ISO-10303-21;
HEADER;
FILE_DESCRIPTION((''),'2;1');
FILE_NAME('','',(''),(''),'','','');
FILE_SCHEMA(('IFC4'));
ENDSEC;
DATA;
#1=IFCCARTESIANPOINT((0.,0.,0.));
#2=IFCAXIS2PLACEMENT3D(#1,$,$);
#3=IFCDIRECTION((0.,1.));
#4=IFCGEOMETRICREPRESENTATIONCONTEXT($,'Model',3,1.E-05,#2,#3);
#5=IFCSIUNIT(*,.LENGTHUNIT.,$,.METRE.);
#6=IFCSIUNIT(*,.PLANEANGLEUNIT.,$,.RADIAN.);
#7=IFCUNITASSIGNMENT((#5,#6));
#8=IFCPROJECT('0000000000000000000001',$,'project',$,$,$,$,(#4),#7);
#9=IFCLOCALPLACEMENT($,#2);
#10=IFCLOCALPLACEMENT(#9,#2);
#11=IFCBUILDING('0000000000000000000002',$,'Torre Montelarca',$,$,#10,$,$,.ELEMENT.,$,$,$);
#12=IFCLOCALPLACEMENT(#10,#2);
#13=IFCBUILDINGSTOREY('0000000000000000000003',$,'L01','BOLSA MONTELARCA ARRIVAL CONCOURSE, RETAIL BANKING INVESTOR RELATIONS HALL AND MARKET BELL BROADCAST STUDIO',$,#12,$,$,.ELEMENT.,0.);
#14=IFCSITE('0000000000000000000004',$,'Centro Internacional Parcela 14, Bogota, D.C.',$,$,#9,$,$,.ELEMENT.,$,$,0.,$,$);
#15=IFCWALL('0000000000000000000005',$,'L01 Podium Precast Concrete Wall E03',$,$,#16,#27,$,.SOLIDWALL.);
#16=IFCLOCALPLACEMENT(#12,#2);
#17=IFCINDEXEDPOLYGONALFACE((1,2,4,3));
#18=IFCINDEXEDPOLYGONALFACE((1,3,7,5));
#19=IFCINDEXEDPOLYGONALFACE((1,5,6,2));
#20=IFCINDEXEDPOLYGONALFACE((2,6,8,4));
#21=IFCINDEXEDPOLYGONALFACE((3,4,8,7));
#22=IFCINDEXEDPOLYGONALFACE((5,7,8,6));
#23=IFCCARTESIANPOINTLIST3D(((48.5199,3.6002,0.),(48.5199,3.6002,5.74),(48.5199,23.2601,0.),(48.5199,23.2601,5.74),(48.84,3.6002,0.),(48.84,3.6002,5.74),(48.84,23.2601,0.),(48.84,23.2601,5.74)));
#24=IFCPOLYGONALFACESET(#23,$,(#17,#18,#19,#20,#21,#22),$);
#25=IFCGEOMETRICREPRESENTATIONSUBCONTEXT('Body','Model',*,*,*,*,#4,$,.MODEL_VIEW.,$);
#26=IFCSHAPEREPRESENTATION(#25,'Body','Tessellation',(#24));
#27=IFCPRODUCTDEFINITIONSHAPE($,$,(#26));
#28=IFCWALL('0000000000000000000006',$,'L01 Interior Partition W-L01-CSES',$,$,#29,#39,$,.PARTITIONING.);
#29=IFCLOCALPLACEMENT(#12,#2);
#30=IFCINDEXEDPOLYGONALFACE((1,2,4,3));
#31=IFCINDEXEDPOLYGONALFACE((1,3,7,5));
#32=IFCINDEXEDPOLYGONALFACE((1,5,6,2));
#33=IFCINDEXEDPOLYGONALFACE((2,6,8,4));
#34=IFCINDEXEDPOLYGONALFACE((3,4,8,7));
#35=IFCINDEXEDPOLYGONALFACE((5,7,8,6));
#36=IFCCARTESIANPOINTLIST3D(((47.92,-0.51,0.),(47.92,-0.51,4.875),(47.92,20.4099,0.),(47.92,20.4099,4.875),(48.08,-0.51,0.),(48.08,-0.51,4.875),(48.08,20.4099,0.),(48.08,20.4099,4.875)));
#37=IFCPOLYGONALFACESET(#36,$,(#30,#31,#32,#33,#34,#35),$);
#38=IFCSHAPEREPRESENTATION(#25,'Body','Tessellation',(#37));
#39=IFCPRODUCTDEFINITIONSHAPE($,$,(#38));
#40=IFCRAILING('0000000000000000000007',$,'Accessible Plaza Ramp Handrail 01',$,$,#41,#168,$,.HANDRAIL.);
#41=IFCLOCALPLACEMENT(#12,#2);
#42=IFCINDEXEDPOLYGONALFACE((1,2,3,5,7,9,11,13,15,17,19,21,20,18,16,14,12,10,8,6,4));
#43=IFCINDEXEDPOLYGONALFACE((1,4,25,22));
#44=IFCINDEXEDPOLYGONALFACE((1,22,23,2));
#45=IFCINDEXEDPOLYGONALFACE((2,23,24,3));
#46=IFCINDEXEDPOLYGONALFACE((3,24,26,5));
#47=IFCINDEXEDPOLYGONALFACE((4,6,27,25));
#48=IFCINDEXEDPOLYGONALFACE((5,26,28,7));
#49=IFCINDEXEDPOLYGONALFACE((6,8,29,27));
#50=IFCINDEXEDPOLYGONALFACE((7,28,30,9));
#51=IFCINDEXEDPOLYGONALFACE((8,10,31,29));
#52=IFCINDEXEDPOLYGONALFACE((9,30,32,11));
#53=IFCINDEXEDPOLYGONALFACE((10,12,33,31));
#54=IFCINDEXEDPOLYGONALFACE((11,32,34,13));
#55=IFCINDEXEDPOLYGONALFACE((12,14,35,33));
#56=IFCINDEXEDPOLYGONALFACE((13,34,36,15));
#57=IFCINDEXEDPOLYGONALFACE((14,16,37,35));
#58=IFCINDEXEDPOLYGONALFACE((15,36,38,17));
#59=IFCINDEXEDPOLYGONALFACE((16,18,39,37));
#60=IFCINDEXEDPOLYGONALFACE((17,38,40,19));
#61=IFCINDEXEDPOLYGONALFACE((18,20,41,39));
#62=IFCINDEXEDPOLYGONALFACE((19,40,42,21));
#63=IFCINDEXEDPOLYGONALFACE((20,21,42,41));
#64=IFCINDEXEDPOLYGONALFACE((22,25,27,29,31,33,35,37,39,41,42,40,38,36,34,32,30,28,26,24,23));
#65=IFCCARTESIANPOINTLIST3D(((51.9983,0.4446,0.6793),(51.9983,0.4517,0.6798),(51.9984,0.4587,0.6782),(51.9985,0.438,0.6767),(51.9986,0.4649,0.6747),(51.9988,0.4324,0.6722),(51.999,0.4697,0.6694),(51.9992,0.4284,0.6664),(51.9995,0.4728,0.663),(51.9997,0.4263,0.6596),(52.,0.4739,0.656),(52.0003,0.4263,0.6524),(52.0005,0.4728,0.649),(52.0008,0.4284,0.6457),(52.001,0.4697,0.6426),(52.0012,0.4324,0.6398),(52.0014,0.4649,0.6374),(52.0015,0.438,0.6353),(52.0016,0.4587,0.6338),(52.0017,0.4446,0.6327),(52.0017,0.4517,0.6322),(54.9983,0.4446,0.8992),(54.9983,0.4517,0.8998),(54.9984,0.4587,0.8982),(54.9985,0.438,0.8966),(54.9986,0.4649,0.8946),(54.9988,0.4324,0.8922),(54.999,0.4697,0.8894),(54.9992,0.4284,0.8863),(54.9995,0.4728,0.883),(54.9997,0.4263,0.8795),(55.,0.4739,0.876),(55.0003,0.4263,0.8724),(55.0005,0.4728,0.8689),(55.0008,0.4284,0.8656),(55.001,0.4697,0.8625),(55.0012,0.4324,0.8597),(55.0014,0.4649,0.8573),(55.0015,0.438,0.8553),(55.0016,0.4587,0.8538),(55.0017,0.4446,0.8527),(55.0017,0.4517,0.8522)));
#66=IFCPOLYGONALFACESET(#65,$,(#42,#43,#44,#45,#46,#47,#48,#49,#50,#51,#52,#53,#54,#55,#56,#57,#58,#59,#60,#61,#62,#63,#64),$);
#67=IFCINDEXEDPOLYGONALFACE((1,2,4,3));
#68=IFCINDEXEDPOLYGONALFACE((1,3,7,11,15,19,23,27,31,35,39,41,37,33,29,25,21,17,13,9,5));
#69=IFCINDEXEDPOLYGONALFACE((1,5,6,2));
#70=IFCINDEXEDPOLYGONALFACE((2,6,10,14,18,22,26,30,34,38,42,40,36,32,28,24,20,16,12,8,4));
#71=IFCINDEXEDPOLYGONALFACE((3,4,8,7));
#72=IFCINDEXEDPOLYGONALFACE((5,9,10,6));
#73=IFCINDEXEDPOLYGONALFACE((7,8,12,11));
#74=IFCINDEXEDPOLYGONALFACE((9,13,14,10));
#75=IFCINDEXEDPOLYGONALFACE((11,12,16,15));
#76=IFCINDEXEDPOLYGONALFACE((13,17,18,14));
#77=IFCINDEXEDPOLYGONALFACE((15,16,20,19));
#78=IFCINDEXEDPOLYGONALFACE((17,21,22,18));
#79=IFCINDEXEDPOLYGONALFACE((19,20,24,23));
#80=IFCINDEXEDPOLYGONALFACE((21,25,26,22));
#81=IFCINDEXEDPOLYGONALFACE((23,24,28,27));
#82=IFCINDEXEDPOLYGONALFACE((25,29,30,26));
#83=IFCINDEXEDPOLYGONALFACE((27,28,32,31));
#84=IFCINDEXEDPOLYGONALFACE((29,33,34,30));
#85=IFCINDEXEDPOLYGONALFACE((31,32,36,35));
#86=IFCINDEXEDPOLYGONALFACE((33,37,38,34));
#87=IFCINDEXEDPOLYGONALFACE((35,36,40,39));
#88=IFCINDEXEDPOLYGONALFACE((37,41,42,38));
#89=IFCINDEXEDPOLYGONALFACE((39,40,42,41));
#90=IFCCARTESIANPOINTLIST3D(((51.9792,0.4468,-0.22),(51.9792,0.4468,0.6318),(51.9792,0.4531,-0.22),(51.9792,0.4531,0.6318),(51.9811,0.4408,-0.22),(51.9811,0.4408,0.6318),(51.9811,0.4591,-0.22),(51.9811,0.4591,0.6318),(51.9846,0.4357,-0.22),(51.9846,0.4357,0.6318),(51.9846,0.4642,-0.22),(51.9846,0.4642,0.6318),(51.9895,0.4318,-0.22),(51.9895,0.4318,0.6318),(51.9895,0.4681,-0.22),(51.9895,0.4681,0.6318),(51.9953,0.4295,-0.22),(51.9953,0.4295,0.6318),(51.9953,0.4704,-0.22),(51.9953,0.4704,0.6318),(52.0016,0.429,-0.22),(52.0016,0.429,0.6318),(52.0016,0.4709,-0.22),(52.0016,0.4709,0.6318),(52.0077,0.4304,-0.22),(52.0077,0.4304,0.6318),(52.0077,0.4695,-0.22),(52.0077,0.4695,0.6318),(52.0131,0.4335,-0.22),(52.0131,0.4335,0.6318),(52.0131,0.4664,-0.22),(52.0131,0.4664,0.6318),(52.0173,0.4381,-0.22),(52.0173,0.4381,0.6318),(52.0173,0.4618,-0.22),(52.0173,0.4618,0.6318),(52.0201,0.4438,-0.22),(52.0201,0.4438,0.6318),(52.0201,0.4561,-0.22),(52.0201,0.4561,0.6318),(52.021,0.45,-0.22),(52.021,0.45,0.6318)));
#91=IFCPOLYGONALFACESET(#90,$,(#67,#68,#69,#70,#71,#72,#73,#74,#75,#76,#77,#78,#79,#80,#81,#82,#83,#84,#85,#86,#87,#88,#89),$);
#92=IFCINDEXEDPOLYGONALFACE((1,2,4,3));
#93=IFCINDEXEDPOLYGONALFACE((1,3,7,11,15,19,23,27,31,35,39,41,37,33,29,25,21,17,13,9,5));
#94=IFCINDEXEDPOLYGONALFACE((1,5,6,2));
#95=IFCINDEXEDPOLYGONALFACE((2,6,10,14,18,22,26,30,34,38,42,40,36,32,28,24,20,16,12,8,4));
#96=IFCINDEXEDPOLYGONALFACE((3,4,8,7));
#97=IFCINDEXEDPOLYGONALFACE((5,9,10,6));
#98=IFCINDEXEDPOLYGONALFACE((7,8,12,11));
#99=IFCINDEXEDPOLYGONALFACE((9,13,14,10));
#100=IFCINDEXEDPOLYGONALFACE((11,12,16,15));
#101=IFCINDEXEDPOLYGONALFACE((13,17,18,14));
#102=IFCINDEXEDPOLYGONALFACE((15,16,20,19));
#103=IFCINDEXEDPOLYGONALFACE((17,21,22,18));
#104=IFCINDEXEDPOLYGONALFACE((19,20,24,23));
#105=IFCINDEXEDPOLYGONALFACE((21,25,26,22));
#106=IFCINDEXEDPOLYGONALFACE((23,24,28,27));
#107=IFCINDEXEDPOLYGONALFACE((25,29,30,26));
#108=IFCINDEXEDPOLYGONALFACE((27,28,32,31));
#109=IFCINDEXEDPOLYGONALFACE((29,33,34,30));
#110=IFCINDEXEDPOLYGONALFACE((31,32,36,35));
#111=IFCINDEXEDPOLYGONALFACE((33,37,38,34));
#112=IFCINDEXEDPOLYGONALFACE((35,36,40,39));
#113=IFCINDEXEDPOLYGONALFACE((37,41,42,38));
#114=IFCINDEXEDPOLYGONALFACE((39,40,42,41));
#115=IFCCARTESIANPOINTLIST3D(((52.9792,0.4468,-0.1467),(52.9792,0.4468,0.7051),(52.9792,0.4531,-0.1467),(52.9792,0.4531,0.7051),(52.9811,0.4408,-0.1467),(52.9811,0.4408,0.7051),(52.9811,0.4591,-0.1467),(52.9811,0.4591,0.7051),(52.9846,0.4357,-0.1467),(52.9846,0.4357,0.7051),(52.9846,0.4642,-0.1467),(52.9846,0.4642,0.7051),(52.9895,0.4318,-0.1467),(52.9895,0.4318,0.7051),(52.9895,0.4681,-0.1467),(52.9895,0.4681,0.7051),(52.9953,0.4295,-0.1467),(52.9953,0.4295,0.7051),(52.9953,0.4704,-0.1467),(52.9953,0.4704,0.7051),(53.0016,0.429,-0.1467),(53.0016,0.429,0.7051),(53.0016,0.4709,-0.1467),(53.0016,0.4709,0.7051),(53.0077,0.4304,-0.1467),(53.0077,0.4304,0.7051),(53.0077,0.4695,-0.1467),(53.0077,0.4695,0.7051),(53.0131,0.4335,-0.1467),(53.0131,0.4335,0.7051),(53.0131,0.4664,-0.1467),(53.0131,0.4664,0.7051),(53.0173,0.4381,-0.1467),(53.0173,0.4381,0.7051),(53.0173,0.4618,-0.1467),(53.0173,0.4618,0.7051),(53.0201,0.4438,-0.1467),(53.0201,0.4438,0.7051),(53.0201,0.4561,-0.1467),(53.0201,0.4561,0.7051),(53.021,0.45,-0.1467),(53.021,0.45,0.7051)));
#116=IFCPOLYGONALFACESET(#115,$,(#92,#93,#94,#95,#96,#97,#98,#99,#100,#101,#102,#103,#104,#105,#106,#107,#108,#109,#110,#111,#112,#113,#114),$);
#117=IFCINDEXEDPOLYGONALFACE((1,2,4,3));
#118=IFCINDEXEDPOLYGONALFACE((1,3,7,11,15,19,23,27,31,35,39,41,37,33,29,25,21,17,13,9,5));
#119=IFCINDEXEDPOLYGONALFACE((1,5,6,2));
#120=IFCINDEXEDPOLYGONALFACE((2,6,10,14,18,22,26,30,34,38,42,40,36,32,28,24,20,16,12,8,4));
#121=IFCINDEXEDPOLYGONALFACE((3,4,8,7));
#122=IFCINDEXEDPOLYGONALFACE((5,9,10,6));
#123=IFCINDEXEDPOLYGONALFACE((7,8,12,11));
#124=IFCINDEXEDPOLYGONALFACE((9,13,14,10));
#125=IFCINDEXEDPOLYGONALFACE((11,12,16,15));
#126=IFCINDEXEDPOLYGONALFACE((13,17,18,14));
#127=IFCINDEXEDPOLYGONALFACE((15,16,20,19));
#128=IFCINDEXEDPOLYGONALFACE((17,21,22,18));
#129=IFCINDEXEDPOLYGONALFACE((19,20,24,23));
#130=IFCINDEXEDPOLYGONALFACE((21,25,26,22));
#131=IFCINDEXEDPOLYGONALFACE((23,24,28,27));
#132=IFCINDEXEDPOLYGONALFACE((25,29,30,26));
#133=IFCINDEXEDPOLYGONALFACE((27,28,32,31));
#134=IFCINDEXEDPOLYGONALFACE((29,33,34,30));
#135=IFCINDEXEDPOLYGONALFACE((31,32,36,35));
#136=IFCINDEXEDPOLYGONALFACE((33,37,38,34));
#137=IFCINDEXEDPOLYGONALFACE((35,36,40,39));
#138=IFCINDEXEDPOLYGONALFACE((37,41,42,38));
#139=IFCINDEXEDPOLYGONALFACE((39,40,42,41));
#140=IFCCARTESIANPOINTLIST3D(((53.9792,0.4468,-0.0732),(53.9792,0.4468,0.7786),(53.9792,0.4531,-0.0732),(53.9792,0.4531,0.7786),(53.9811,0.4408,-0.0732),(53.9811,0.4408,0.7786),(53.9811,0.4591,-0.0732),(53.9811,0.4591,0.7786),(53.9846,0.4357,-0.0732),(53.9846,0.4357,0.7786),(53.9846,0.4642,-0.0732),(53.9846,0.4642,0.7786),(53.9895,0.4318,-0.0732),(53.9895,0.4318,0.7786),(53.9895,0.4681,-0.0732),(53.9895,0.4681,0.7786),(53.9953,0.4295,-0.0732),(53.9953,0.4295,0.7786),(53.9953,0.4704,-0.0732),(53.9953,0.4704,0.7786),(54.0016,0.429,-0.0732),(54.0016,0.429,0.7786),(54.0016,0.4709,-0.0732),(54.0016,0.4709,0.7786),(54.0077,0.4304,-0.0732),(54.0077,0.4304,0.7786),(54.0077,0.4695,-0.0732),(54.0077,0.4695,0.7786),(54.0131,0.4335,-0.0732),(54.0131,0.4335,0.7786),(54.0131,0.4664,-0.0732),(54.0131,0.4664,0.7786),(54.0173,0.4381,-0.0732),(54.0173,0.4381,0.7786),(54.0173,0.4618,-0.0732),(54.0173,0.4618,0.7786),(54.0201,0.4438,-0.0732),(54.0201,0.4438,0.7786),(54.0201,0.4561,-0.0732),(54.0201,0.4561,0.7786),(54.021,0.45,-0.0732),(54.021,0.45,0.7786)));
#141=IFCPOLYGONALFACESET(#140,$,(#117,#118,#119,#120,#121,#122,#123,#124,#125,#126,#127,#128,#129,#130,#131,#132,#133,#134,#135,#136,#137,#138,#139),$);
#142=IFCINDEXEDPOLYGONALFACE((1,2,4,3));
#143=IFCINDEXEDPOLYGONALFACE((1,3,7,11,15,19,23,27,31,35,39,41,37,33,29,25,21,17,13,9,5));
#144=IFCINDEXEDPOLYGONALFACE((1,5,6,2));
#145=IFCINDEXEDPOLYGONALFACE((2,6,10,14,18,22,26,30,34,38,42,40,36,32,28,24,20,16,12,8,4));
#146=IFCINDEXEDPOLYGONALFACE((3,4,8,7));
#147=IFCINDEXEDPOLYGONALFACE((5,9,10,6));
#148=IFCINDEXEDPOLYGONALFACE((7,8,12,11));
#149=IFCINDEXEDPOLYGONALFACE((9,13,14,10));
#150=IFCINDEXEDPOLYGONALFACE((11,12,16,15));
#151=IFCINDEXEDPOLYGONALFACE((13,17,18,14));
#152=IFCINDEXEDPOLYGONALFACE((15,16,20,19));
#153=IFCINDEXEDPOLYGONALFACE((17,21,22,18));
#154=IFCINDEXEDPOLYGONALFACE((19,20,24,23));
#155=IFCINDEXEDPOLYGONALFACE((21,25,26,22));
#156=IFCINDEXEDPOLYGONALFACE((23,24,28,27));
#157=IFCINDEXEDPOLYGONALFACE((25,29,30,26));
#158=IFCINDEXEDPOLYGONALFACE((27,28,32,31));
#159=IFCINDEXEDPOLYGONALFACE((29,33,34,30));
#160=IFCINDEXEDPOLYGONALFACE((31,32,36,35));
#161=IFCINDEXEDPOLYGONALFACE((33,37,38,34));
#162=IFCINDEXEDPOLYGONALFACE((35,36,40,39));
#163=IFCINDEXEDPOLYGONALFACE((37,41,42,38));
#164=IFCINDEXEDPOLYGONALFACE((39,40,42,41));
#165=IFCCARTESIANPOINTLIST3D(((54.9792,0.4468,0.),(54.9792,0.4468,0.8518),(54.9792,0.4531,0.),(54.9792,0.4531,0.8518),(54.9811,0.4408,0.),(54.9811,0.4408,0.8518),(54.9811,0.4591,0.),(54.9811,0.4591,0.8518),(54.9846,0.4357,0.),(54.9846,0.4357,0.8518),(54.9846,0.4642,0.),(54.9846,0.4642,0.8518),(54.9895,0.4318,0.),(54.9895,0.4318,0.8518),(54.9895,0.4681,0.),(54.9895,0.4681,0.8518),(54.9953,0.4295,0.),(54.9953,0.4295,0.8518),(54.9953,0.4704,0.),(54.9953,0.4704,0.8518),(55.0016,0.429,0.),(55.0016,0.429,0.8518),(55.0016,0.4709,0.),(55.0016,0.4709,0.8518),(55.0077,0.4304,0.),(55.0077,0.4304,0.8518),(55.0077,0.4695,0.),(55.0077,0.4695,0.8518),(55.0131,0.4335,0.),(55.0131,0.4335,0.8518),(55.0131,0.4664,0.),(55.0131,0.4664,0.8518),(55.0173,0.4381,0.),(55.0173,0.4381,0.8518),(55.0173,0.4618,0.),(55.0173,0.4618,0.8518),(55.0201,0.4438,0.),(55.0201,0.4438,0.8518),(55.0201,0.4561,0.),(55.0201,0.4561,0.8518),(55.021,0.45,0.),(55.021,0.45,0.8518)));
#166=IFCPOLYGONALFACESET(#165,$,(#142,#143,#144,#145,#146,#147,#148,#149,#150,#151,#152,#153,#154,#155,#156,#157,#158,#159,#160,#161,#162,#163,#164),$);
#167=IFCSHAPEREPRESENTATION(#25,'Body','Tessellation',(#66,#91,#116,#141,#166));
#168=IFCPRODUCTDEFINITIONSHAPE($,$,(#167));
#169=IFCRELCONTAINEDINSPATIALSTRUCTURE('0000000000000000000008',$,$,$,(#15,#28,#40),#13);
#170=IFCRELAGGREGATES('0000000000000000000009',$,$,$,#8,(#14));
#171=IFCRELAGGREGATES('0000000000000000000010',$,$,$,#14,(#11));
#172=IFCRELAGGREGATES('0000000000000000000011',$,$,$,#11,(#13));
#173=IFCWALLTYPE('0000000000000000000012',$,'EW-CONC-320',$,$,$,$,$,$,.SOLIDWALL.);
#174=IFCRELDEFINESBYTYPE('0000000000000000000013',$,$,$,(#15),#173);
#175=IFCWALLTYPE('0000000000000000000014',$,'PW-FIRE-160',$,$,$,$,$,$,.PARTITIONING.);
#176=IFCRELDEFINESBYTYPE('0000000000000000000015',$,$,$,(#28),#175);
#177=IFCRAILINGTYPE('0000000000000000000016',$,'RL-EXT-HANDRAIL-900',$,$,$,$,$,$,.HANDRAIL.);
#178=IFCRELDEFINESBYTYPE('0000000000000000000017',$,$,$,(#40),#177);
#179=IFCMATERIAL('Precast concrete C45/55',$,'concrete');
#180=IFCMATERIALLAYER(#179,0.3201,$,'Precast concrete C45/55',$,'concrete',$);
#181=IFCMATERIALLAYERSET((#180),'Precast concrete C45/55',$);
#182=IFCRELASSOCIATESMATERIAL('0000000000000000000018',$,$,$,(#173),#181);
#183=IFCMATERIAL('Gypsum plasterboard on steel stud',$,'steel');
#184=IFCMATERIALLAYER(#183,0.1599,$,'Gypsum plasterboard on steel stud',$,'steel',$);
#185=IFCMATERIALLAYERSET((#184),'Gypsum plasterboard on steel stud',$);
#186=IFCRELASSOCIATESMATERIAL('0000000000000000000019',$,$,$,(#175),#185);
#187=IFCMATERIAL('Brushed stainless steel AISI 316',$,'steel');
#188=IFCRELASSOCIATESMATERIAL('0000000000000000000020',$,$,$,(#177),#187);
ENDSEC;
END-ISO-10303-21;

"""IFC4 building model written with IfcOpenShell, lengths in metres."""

from ifc_helpers import new_model, si_unit, direction, frame, frame_2d, origin, origin_2d, place, context, subcontext, project, spatial, rectangle, circle, extrude, material, layer, layer_set, type_object, element, save


model = new_model("IFC4")

# Units and contexts
model_context = context("Model", 3, precision=1e-05, world=origin(), true_north=direction((0.0, 1.0)))
body_context = subcontext(model_context, "Body", "Model", "MODEL_VIEW")
ifc_project = project(units=[si_unit("LENGTHUNIT", "METRE"), si_unit("PLANEANGLEUNIT", "RADIAN")], contexts=[model_context])

# Site, building, storey
site_placement = place(None, origin())
site = spatial("IfcSite", under=ifc_project, at=site_placement, Name="Centro Internacional Parcela 14, Bogota, D.C.", CompositionType="ELEMENT", RefElevation=0.0)
building_placement = place(site_placement, origin())
building = spatial("IfcBuilding", under=site, at=building_placement, Name="Torre Montelarca", CompositionType="ELEMENT")
storey_placement = place(building_placement, origin())
storey = spatial("IfcBuildingStorey", under=building, at=storey_placement, Name="L01", Description="BOLSA MONTELARCA ARRIVAL CONCOURSE, RETAIL BANKING INVESTOR RELATIONS HALL AND MARKET BELL BROADCAST STUDIO", CompositionType="ELEMENT", Elevation=0.0)

# Shared definitions
ifc_material_1 = material(Name="Precast concrete C45/55", Category="concrete")
ifc_layer_1 = layer(ifc_material_1, 0.3201, Name="Precast concrete C45/55", Category="concrete")
ifc_layer_set_1 = layer_set([ifc_layer_1], Name="Precast concrete C45/55")
wall_type_1 = type_object("IfcWallType", Name="EW-CONC-320", PredefinedType="SOLIDWALL", material=ifc_layer_set_1)

# Walls
wall_1_placement = place(storey_placement, frame((48.6799, 3.6001, 0.0), z_axis=(0.0, 0.0, 1.0), x_axis=(0.0, 1.0, 0.0)))
element("IfcWall", 1, at=wall_1_placement, inside=storey, type_object=wall_type_1, Name="L01 Podium Precast Concrete Wall E03", PredefinedType="SOLIDWALL", context=body_context, shape_type="SweptSolid", body=[
    extrude(rectangle(XDim=19.6599, YDim=0.3201, at=frame_2d((9.8301, 0.0))), origin(), (0.0, 0.0, 1.0), 5.74),
])
ifc_material_2 = material(Name="Gypsum plasterboard on steel stud", Category="steel")
ifc_layer_2 = layer(ifc_material_2, 0.1599, Name="Gypsum plasterboard on steel stud", Category="steel")
ifc_layer_set_2 = layer_set([ifc_layer_2], Name="Gypsum plasterboard on steel stud")
wall_type_2 = type_object("IfcWallType", Name="PW-FIRE-160", PredefinedType="PARTITIONING", material=ifc_layer_set_2)
wall_2_placement = place(storey_placement, frame((48.0, -0.51, 0.0), z_axis=(0.0, 0.0, 1.0), x_axis=(0.0, 1.0, 0.0)))
element("IfcWall", 2, at=wall_2_placement, inside=storey, type_object=wall_type_2, Name="L01 Interior Partition W-L01-CSES", PredefinedType="PARTITIONING", context=body_context, shape_type="SweptSolid", body=[
    extrude(rectangle(XDim=20.9199, YDim=0.1599, at=frame_2d((10.46, 0.0))), origin(), (0.0, 0.0, 1.0), 4.875),
])

# Railing
ifc_material_3 = material(Name="Brushed stainless steel AISI 316", Category="steel")
railing_type = type_object("IfcRailingType", Name="RL-EXT-HANDRAIL-900", PredefinedType="HANDRAIL", material=ifc_material_3)
for number, where, name in (
    (3, (52.0, 0.45, -0.22), "Accessible Plaza Ramp Handrail 01"),
):
    element("IfcRailing", number, at=place(storey_placement, frame(where)), inside=storey, type_object=railing_type, Name=name, PredefinedType="HANDRAIL", context=body_context, shape_type="SweptSolid", body=[
        extrude(circle(Radius=0.0239, at=origin_2d()), frame((0.0, 0.0, 0.876), z_axis=(0.997323, 0.0, 0.073127), x_axis=(0.0, 1.0, 0.0)), (0.0, 0.0, 1.0), 3.0081),
        extrude(circle(Radius=0.021, at=origin_2d()), origin(), (0.0, 0.0, 1.0), 0.8518),
        extrude(circle(Radius=0.021, at=origin_2d()), frame((1.0, 0.0, 0.0732)), (0.0, 0.0, 1.0), 0.8518),
        extrude(circle(Radius=0.021, at=origin_2d()), frame((2.0, 0.0, 0.1467)), (0.0, 0.0, 1.0), 0.8518),
        extrude(circle(Radius=0.021, at=origin_2d()), frame((3.0, 0.0, 0.22)), (0.0, 0.0, 1.0), 0.8518),
    ])

save(model, "model.ifc")
